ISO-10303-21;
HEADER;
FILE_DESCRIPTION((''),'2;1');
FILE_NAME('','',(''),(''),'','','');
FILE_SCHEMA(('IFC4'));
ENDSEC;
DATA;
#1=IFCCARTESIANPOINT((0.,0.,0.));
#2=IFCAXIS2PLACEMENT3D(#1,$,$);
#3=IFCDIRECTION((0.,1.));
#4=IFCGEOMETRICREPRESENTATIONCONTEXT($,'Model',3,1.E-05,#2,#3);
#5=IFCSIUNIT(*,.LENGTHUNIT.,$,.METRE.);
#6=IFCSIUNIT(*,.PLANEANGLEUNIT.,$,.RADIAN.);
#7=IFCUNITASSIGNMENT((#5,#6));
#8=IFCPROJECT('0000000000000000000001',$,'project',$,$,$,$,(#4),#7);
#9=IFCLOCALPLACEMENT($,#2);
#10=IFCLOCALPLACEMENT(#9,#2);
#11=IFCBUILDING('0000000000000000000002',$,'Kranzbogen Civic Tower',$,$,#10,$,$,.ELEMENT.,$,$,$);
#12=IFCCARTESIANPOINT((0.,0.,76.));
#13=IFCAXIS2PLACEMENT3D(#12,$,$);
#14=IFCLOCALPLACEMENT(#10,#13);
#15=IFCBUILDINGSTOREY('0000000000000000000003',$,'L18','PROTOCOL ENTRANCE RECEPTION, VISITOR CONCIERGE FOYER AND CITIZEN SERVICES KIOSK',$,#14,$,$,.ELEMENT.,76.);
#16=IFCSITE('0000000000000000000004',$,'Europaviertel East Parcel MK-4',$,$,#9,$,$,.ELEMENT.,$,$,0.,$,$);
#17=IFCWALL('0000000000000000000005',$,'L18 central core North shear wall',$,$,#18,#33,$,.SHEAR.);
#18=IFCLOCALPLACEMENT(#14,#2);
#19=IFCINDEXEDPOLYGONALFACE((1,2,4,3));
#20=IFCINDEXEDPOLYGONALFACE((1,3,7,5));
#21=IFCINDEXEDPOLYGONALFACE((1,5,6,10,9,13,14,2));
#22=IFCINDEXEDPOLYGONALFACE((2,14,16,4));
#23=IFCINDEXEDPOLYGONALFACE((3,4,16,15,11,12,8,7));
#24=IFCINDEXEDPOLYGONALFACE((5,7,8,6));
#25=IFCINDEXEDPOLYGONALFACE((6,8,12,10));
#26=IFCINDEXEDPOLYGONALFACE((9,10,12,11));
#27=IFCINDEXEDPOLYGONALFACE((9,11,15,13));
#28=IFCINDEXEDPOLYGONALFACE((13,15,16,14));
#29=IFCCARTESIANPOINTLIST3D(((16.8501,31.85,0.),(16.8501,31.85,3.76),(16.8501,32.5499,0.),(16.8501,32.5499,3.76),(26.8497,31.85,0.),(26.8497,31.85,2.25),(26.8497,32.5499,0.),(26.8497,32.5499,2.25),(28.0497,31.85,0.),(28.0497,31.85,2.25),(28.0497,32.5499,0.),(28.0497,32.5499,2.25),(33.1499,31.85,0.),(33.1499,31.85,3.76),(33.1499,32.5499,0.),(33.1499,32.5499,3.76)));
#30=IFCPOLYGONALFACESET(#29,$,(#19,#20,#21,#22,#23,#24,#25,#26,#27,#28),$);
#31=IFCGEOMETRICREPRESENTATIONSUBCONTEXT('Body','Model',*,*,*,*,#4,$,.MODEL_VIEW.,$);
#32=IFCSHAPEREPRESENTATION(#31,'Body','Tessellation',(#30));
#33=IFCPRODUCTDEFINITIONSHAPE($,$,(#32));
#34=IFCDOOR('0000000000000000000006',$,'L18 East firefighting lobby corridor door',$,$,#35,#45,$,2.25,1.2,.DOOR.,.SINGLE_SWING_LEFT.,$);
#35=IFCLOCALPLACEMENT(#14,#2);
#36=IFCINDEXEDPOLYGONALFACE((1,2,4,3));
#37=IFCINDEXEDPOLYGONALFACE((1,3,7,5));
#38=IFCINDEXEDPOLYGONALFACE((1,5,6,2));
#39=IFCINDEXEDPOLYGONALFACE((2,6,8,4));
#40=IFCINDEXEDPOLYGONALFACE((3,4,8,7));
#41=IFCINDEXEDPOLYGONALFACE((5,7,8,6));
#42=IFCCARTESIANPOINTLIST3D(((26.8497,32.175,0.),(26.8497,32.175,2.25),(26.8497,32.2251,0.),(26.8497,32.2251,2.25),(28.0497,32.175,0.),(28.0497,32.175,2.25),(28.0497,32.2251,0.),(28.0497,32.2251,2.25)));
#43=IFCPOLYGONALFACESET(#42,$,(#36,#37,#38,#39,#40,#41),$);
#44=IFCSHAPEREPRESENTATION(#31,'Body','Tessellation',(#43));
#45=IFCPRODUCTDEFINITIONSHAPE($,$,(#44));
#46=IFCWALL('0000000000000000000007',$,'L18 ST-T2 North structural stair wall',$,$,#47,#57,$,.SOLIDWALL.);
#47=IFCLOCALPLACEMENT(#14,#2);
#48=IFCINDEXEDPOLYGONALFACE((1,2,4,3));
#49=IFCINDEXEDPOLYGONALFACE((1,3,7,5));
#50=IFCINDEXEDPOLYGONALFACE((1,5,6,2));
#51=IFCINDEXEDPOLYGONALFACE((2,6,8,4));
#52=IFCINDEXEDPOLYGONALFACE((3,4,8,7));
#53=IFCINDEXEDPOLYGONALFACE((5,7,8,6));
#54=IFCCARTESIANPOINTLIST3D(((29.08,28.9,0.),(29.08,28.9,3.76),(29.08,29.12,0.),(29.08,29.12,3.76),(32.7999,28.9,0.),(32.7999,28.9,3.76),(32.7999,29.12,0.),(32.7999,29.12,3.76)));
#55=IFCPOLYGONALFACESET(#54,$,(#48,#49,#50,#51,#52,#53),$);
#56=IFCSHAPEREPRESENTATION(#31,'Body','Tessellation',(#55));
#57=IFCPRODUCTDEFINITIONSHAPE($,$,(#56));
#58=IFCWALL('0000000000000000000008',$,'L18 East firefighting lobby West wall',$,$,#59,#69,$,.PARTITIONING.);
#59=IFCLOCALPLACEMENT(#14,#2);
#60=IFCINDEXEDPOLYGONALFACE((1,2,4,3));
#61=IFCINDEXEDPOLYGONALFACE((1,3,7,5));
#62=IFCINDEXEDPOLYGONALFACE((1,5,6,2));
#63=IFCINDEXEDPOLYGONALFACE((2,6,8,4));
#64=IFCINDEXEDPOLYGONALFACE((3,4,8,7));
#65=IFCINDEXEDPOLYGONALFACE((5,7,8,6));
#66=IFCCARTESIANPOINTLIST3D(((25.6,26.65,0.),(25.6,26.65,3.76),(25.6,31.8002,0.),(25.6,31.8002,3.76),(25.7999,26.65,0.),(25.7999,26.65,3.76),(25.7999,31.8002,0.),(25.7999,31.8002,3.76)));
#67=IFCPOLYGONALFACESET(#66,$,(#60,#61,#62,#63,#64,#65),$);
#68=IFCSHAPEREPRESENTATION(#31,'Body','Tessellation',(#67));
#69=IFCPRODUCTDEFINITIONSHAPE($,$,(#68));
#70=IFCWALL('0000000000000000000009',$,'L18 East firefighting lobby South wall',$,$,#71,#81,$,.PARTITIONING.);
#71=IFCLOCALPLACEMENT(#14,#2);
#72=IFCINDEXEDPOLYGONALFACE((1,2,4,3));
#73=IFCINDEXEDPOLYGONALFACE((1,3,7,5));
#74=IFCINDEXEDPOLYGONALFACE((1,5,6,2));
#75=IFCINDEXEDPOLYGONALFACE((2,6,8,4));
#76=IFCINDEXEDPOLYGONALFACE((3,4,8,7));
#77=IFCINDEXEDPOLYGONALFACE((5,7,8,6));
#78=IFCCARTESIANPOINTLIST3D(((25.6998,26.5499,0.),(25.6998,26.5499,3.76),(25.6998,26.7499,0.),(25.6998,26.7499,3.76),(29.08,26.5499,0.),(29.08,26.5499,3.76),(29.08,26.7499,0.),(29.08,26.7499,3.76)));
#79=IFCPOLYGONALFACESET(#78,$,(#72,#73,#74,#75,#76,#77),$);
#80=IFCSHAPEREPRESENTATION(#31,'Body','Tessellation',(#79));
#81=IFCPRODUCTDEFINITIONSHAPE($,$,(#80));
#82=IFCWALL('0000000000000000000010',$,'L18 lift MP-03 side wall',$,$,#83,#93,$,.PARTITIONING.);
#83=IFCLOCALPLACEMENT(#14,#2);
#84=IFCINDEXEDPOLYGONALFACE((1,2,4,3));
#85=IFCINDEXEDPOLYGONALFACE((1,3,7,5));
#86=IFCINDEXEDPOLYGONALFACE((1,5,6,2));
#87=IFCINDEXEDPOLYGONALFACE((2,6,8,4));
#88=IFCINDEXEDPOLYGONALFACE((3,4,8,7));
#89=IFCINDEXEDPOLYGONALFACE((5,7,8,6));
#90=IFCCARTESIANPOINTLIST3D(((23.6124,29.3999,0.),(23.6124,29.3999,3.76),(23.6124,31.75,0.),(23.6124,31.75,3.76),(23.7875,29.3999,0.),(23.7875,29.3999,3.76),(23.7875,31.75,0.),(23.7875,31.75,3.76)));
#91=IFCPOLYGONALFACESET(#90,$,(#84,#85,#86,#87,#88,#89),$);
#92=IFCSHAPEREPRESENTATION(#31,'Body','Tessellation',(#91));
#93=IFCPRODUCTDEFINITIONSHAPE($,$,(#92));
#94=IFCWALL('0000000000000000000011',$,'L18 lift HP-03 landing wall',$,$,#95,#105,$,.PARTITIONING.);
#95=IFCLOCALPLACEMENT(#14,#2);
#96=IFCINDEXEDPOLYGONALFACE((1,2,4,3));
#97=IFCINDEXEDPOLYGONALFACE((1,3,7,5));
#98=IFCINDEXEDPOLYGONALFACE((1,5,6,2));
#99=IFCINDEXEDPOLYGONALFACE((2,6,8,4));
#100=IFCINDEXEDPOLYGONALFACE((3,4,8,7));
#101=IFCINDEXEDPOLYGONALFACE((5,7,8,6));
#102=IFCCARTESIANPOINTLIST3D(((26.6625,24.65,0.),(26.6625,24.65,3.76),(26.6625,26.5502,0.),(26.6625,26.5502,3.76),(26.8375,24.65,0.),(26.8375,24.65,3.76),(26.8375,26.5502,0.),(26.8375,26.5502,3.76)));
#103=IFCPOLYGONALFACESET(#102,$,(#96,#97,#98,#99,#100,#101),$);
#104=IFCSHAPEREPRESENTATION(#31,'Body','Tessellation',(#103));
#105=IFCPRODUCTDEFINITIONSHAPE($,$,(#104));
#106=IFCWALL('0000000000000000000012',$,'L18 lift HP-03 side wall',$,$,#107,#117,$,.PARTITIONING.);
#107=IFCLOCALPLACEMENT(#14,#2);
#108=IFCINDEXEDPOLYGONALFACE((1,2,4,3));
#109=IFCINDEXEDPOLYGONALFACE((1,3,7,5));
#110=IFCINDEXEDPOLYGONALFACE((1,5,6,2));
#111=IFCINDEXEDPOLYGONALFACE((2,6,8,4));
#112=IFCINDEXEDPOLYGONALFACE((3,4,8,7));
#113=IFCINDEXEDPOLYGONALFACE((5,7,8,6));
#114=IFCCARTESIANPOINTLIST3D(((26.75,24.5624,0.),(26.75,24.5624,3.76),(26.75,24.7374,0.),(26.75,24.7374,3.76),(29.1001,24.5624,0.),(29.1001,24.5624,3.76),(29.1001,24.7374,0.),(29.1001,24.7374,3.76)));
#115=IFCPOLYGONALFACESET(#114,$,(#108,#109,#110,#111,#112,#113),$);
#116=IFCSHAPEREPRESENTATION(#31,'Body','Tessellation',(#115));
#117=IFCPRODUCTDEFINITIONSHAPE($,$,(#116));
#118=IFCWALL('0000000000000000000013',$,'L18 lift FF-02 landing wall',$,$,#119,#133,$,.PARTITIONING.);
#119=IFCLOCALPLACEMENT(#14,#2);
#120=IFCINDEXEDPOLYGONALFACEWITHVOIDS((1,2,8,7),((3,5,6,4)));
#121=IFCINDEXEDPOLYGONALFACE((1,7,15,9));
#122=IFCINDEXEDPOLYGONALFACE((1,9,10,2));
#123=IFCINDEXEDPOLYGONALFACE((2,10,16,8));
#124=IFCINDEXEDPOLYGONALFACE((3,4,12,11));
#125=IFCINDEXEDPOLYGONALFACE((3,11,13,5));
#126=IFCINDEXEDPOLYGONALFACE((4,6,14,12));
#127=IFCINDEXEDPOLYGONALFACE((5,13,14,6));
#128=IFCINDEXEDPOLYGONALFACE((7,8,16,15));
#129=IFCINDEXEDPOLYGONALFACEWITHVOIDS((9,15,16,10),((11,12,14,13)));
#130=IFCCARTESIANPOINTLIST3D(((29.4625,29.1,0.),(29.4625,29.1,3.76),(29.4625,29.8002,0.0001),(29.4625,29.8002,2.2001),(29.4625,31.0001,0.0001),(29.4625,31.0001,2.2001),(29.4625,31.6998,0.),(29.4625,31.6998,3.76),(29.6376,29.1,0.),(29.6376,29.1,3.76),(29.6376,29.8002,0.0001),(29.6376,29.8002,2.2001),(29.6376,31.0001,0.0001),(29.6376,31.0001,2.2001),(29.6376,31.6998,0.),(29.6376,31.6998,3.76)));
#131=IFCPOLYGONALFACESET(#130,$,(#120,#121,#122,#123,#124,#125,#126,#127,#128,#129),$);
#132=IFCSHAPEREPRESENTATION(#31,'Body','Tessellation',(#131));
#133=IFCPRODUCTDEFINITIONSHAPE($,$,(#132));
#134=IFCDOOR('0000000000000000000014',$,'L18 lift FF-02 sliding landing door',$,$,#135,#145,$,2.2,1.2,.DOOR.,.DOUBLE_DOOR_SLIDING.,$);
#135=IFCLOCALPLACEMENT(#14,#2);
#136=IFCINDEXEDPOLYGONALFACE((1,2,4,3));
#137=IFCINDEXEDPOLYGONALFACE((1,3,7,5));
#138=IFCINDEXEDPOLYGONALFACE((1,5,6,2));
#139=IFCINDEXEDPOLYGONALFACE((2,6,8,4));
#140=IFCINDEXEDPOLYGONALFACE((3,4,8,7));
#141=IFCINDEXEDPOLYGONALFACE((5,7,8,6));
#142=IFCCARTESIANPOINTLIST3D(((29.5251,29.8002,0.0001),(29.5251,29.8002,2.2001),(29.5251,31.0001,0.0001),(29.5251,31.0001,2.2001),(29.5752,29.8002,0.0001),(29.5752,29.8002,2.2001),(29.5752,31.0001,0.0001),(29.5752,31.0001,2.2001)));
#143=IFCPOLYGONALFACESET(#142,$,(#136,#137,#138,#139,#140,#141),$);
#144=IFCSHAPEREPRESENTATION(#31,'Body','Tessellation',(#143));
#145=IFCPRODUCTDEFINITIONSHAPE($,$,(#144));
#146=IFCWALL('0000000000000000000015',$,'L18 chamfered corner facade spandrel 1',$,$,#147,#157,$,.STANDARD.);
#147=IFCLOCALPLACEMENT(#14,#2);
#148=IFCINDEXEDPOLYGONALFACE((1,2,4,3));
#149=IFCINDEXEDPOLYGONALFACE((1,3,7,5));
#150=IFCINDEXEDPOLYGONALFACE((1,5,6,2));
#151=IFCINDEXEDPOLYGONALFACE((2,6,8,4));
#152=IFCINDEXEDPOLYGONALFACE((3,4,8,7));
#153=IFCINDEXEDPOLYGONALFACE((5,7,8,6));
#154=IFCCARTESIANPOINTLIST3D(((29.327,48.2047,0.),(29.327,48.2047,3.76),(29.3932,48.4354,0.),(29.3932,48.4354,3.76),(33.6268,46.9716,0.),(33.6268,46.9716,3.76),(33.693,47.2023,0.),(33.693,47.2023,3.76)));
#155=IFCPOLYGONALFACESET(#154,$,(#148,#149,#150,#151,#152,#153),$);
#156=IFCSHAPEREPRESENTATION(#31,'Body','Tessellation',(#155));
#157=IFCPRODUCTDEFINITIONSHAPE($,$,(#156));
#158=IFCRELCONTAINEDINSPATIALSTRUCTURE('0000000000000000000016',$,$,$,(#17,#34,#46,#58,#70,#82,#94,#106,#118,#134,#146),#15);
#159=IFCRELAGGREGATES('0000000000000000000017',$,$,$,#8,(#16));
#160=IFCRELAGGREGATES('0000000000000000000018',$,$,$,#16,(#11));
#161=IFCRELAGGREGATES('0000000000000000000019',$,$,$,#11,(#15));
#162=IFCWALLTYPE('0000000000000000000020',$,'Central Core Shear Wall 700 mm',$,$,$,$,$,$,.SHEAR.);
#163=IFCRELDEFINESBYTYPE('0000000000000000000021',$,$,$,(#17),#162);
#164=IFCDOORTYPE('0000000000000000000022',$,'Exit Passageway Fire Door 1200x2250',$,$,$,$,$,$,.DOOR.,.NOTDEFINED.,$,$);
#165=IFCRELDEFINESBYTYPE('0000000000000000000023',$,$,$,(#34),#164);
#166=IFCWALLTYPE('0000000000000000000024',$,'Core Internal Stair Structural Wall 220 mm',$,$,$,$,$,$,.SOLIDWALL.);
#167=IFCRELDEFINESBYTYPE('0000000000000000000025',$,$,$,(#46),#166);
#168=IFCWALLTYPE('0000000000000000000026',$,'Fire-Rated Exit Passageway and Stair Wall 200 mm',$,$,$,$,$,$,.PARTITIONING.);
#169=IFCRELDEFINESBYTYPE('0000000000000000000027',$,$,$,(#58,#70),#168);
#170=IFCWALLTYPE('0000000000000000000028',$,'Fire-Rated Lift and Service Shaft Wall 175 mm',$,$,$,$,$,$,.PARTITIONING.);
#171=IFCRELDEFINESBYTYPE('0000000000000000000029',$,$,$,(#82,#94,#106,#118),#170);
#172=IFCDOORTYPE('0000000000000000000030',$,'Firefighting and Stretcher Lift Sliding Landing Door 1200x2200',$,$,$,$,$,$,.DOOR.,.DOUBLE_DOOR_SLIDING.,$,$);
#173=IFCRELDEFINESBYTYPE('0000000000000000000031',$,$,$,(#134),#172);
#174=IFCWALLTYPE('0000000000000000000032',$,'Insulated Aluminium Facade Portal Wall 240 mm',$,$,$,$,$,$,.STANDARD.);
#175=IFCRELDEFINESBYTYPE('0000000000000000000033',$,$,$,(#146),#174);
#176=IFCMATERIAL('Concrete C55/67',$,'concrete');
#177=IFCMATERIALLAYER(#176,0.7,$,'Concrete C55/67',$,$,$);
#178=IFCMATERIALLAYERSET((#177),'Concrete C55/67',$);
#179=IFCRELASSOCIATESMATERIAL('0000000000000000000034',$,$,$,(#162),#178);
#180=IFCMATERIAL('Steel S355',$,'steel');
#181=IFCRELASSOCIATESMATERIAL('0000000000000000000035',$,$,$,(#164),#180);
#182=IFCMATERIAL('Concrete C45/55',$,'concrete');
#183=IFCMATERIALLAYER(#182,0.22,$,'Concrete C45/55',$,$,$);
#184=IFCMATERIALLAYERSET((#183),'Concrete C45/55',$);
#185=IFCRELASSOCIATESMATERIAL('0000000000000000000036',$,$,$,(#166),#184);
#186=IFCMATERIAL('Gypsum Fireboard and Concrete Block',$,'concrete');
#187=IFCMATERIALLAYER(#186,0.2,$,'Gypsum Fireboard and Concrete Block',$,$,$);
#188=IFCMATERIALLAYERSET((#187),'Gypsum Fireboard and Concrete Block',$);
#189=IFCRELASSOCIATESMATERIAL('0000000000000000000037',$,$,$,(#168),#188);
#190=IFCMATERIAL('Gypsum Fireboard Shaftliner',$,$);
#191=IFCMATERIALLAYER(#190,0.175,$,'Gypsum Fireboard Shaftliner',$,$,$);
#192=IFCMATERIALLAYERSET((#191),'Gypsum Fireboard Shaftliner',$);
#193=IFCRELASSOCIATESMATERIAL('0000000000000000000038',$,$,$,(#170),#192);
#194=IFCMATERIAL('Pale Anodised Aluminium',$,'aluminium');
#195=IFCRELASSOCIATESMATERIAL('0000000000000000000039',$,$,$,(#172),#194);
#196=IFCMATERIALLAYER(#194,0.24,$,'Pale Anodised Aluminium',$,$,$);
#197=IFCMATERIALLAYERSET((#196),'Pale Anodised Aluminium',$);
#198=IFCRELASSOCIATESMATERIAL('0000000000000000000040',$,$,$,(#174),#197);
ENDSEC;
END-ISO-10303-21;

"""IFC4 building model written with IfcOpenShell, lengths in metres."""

from ifc_helpers import new_model, si_unit, direction, frame, frame_2d, origin, place, context, subcontext, project, spatial, rectangle, extrude, material, layer, layer_set, type_object, element, fill, save


model = new_model("IFC4")

# Units and contexts
model_context = context("Model", 3, precision=1e-05, world=origin(), true_north=direction((0.0, 1.0)))
body_context = subcontext(model_context, "Body", "Model", "MODEL_VIEW")
ifc_project = project(units=[si_unit("LENGTHUNIT", "METRE"), si_unit("PLANEANGLEUNIT", "RADIAN")], contexts=[model_context])

# Site, building, storey
site_placement = place(None, origin())
site = spatial("IfcSite", under=ifc_project, at=site_placement, Name="Europaviertel East Parcel MK-4", CompositionType="ELEMENT", RefElevation=0.0)
building_placement = place(site_placement, origin())
building = spatial("IfcBuilding", under=site, at=building_placement, Name="Kranzbogen Civic Tower", CompositionType="ELEMENT")
storey_placement = place(building_placement, frame((0.0, 0.0, 76.0)))
storey = spatial("IfcBuildingStorey", under=building, at=storey_placement, Name="L18", Description="PROTOCOL ENTRANCE RECEPTION, VISITOR CONCIERGE FOYER AND CITIZEN SERVICES KIOSK", CompositionType="ELEMENT", Elevation=76.0)

# Shared definitions
ifc_material_1 = material(Name="Steel S355", Category="steel")

# Shared definitions
ifc_material_2 = material(Name="Pale Anodised Aluminium", Category="aluminium")

# Wall, opening, door
ifc_material_3 = material(Name="Concrete C55/67", Category="concrete")
ifc_layer_1 = layer(ifc_material_3, 0.7, Name="Concrete C55/67")
ifc_layer_set_1 = layer_set([ifc_layer_1], Name="Concrete C55/67")
wall_type_1 = type_object("IfcWallType", Name="Central Core Shear Wall 700 mm", PredefinedType="SHEAR", material=ifc_layer_set_1)
wall_1_placement = place(storey_placement, frame((33.1499, 32.2, 0.0), z_axis=(0.0, 0.0, 1.0), x_axis=(-1.0, 0.0, 0.0)))
wall_1 = element("IfcWall", 1, at=wall_1_placement, inside=storey, type_object=wall_type_1, Name="L18 central core North shear wall", PredefinedType="SHEAR", context=body_context, shape_type="SweptSolid", body=[
    extrude(rectangle(XDim=16.2998, YDim=0.7, at=frame_2d((8.1499, 0.0))), origin(), (0.0, 0.0, 1.0), 3.76),
])
opening_1_placement = place(wall_1_placement, frame((5.1001, 0.0, 0.0)))
opening_1 = element("IfcOpeningElement", 2, at=opening_1_placement, cuts=wall_1, PredefinedType="OPENING", context=body_context, shape_type="SweptSolid", body=[
    extrude(rectangle(XDim=1.2, YDim=2.25, at=frame_2d((0.6001, 1.125))), frame((0.0, 0.3599, 0.0), z_axis=(0.0, -1.0, 0.0), x_axis=(1.0, 0.0, 0.0)), (0.0, 0.0, 1.0), 0.72),
])
door_type_1 = type_object("IfcDoorType", Name="Exit Passageway Fire Door 1200x2250", OperationType="NOTDEFINED", PredefinedType="DOOR", material=ifc_material_1)
door_1_placement = place(opening_1_placement, origin())
door_1 = element("IfcDoor", 3, at=door_1_placement, inside=storey, type_object=door_type_1, Name="L18 East firefighting lobby corridor door", OperationType="SINGLE_SWING_LEFT", OverallHeight=2.25, OverallWidth=1.2, PredefinedType="DOOR", context=body_context, shape_type="SweptSolid", body=[
    extrude(rectangle(XDim=1.2, YDim=2.25, at=frame_2d((0.6001, 1.125))), frame((0.0, 0.0249, 0.0), z_axis=(0.0, -1.0, 0.0), x_axis=(1.0, 0.0, 0.0)), (0.0, 0.0, 1.0), 0.05),
])
fill(opening_1, door_1)

# Walls
ifc_material_4 = material(Name="Concrete C45/55", Category="concrete")
ifc_layer_2 = layer(ifc_material_4, 0.22, Name="Concrete C45/55")
ifc_layer_set_2 = layer_set([ifc_layer_2], Name="Concrete C45/55")
wall_type_2 = type_object("IfcWallType", Name="Core Internal Stair Structural Wall 220 mm", PredefinedType="SOLIDWALL", material=ifc_layer_set_2)
wall_2_placement = place(storey_placement, frame((29.0801, 29.01, 0.0), z_axis=(0.0, 0.0, 1.0), x_axis=(1.0, 0.0, 0.0)))
element("IfcWall", 4, at=wall_2_placement, inside=storey, type_object=wall_type_2, Name="L18 ST-T2 North structural stair wall", PredefinedType="SOLIDWALL", context=body_context, shape_type="SweptSolid", body=[
    extrude(rectangle(XDim=3.72, YDim=0.22, at=frame_2d((1.8599, 0.0))), origin(), (0.0, 0.0, 1.0), 3.76),
])
ifc_material_5 = material(Name="Gypsum Fireboard and Concrete Block", Category="concrete")
ifc_layer_3 = layer(ifc_material_5, 0.2, Name="Gypsum Fireboard and Concrete Block")
ifc_layer_set_3 = layer_set([ifc_layer_3], Name="Gypsum Fireboard and Concrete Block")
wall_type_3 = type_object("IfcWallType", Name="Fire-Rated Exit Passageway and Stair Wall 200 mm", PredefinedType="PARTITIONING", material=ifc_layer_set_3)
wall_3_placement = place(storey_placement, frame((25.7, 26.6499, 0.0), z_axis=(0.0, 0.0, 1.0), x_axis=(0.0, 1.0, 0.0)))
element("IfcWall", 5, at=wall_3_placement, inside=storey, type_object=wall_type_3, Name="L18 East firefighting lobby West wall", PredefinedType="PARTITIONING", context=body_context, shape_type="SweptSolid", body=[
    extrude(rectangle(XDim=5.1501, YDim=0.2, at=frame_2d((2.5752, 0.0))), origin(), (0.0, 0.0, 1.0), 3.76),
])
wall_4_placement = place(storey_placement, frame((25.7, 26.6499, 0.0), z_axis=(0.0, 0.0, 1.0), x_axis=(1.0, 0.0, 0.0)))
element("IfcWall", 6, at=wall_4_placement, inside=storey, type_object=wall_type_3, Name="L18 East firefighting lobby South wall", PredefinedType="PARTITIONING", context=body_context, shape_type="SweptSolid", body=[
    extrude(rectangle(XDim=3.3801, YDim=0.2, at=frame_2d((1.6899, 0.0))), origin(), (0.0, 0.0, 1.0), 3.76),
])
ifc_material_6 = material(Name="Gypsum Fireboard Shaftliner")
ifc_layer_4 = layer(ifc_material_6, 0.175, Name="Gypsum Fireboard Shaftliner")
ifc_layer_set_4 = layer_set([ifc_layer_4], Name="Gypsum Fireboard Shaftliner")
wall_type_4 = type_object("IfcWallType", Name="Fire-Rated Lift and Service Shaft Wall 175 mm", PredefinedType="PARTITIONING", material=ifc_layer_set_4)
wall_5_placement = place(storey_placement, frame((23.7, 29.3999, 0.0), z_axis=(0.0, 0.0, 1.0), x_axis=(0.0, 1.0, 0.0)))
element("IfcWall", 7, at=wall_5_placement, inside=storey, type_object=wall_type_4, Name="L18 lift MP-03 side wall", PredefinedType="PARTITIONING", context=body_context, shape_type="SweptSolid", body=[
    extrude(rectangle(XDim=2.3501, YDim=0.175, at=frame_2d((1.175, 0.0))), origin(), (0.0, 0.0, 1.0), 3.76),
])
wall_6_placement = place(storey_placement, frame((26.75, 24.6499, 0.0), z_axis=(0.0, 0.0, 1.0), x_axis=(0.0, 1.0, 0.0)))
element("IfcWall", 8, at=wall_6_placement, inside=storey, type_object=wall_type_4, Name="L18 lift HP-03 landing wall", PredefinedType="PARTITIONING", context=body_context, shape_type="SweptSolid", body=[
    extrude(rectangle(XDim=1.9001, YDim=0.175, at=frame_2d((0.9502, 0.0))), origin(), (0.0, 0.0, 1.0), 3.76),
])
wall_7_placement = place(storey_placement, frame((26.75, 24.6499, 0.0), z_axis=(0.0, 0.0, 1.0), x_axis=(1.0, 0.0, 0.0)))
element("IfcWall", 9, at=wall_7_placement, inside=storey, type_object=wall_type_4, Name="L18 lift HP-03 side wall", PredefinedType="PARTITIONING", context=body_context, shape_type="SweptSolid", body=[
    extrude(rectangle(XDim=2.3501, YDim=0.175, at=frame_2d((1.175, 0.0))), origin(), (0.0, 0.0, 1.0), 3.76),
])

# Wall, opening, door
wall_8_placement = place(storey_placement, frame((29.55, 29.1001, 0.0), z_axis=(0.0, 0.0, 1.0), x_axis=(0.0, 1.0, 0.0)))
wall_8 = element("IfcWall", 10, at=wall_8_placement, inside=storey, type_object=wall_type_4, Name="L18 lift FF-02 landing wall", PredefinedType="PARTITIONING", context=body_context, shape_type="SweptSolid", body=[
    extrude(rectangle(XDim=2.5999, YDim=0.175, at=frame_2d((1.2998, 0.0))), origin(), (0.0, 0.0, 1.0), 3.76),
])
opening_2_placement = place(wall_8_placement, frame((0.7, 0.0, 0.0)))
opening_2 = element("IfcOpeningElement", 11, at=opening_2_placement, cuts=wall_8, PredefinedType="OPENING", context=body_context, shape_type="SweptSolid", body=[
    extrude(rectangle(XDim=1.2, YDim=2.2, at=frame_2d((0.6001, 1.1001))), frame((0.0, 0.0977, 0.0), z_axis=(0.0, -1.0, 0.0), x_axis=(1.0, 0.0, 0.0)), (0.0, 0.0, 1.0), 0.1951),
])
door_type_2 = type_object("IfcDoorType", Name="Firefighting and Stretcher Lift Sliding Landing Door 1200x2200", OperationType="DOUBLE_DOOR_SLIDING", PredefinedType="DOOR", material=ifc_material_2)
door_2_placement = place(opening_2_placement, origin())
door_2 = element("IfcDoor", 12, at=door_2_placement, inside=storey, type_object=door_type_2, Name="L18 lift FF-02 sliding landing door", OperationType="DOUBLE_DOOR_SLIDING", OverallHeight=2.2, OverallWidth=1.2, PredefinedType="DOOR", context=body_context, shape_type="SweptSolid", body=[
    extrude(rectangle(XDim=1.2, YDim=2.2, at=frame_2d((0.6001, 1.1001))), frame((0.0, 0.0249, 0.0), z_axis=(0.0, -1.0, 0.0), x_axis=(1.0, 0.0, 0.0)), (0.0, 0.0, 1.0), 0.05),
])
fill(opening_2, door_2)

# Wall
ifc_layer_5 = layer(ifc_material_2, 0.24, Name="Pale Anodised Aluminium")
ifc_layer_set_5 = layer_set([ifc_layer_5], Name="Pale Anodised Aluminium")
wall_type_5 = type_object("IfcWallType", Name="Insulated Aluminium Facade Portal Wall 240 mm", PredefinedType="STANDARD", material=ifc_layer_set_5)
wall_9_placement = place(storey_placement, frame((33.6599, 47.0869, 0.0), z_axis=(0.0, 0.0, 1.0), x_axis=(-0.96125, 0.27568, 0.0)))
element("IfcWall", 13, at=wall_9_placement, inside=storey, type_object=wall_type_5, Name="L18 chamfered corner facade spandrel 1", PredefinedType="STANDARD", context=body_context, shape_type="SweptSolid", body=[
    extrude(rectangle(XDim=4.4731, YDim=0.24, at=frame_2d((2.2366, 0.0))), origin(), (0.0, 0.0, 1.0), 3.76),
])

save(model, "model.ifc")
